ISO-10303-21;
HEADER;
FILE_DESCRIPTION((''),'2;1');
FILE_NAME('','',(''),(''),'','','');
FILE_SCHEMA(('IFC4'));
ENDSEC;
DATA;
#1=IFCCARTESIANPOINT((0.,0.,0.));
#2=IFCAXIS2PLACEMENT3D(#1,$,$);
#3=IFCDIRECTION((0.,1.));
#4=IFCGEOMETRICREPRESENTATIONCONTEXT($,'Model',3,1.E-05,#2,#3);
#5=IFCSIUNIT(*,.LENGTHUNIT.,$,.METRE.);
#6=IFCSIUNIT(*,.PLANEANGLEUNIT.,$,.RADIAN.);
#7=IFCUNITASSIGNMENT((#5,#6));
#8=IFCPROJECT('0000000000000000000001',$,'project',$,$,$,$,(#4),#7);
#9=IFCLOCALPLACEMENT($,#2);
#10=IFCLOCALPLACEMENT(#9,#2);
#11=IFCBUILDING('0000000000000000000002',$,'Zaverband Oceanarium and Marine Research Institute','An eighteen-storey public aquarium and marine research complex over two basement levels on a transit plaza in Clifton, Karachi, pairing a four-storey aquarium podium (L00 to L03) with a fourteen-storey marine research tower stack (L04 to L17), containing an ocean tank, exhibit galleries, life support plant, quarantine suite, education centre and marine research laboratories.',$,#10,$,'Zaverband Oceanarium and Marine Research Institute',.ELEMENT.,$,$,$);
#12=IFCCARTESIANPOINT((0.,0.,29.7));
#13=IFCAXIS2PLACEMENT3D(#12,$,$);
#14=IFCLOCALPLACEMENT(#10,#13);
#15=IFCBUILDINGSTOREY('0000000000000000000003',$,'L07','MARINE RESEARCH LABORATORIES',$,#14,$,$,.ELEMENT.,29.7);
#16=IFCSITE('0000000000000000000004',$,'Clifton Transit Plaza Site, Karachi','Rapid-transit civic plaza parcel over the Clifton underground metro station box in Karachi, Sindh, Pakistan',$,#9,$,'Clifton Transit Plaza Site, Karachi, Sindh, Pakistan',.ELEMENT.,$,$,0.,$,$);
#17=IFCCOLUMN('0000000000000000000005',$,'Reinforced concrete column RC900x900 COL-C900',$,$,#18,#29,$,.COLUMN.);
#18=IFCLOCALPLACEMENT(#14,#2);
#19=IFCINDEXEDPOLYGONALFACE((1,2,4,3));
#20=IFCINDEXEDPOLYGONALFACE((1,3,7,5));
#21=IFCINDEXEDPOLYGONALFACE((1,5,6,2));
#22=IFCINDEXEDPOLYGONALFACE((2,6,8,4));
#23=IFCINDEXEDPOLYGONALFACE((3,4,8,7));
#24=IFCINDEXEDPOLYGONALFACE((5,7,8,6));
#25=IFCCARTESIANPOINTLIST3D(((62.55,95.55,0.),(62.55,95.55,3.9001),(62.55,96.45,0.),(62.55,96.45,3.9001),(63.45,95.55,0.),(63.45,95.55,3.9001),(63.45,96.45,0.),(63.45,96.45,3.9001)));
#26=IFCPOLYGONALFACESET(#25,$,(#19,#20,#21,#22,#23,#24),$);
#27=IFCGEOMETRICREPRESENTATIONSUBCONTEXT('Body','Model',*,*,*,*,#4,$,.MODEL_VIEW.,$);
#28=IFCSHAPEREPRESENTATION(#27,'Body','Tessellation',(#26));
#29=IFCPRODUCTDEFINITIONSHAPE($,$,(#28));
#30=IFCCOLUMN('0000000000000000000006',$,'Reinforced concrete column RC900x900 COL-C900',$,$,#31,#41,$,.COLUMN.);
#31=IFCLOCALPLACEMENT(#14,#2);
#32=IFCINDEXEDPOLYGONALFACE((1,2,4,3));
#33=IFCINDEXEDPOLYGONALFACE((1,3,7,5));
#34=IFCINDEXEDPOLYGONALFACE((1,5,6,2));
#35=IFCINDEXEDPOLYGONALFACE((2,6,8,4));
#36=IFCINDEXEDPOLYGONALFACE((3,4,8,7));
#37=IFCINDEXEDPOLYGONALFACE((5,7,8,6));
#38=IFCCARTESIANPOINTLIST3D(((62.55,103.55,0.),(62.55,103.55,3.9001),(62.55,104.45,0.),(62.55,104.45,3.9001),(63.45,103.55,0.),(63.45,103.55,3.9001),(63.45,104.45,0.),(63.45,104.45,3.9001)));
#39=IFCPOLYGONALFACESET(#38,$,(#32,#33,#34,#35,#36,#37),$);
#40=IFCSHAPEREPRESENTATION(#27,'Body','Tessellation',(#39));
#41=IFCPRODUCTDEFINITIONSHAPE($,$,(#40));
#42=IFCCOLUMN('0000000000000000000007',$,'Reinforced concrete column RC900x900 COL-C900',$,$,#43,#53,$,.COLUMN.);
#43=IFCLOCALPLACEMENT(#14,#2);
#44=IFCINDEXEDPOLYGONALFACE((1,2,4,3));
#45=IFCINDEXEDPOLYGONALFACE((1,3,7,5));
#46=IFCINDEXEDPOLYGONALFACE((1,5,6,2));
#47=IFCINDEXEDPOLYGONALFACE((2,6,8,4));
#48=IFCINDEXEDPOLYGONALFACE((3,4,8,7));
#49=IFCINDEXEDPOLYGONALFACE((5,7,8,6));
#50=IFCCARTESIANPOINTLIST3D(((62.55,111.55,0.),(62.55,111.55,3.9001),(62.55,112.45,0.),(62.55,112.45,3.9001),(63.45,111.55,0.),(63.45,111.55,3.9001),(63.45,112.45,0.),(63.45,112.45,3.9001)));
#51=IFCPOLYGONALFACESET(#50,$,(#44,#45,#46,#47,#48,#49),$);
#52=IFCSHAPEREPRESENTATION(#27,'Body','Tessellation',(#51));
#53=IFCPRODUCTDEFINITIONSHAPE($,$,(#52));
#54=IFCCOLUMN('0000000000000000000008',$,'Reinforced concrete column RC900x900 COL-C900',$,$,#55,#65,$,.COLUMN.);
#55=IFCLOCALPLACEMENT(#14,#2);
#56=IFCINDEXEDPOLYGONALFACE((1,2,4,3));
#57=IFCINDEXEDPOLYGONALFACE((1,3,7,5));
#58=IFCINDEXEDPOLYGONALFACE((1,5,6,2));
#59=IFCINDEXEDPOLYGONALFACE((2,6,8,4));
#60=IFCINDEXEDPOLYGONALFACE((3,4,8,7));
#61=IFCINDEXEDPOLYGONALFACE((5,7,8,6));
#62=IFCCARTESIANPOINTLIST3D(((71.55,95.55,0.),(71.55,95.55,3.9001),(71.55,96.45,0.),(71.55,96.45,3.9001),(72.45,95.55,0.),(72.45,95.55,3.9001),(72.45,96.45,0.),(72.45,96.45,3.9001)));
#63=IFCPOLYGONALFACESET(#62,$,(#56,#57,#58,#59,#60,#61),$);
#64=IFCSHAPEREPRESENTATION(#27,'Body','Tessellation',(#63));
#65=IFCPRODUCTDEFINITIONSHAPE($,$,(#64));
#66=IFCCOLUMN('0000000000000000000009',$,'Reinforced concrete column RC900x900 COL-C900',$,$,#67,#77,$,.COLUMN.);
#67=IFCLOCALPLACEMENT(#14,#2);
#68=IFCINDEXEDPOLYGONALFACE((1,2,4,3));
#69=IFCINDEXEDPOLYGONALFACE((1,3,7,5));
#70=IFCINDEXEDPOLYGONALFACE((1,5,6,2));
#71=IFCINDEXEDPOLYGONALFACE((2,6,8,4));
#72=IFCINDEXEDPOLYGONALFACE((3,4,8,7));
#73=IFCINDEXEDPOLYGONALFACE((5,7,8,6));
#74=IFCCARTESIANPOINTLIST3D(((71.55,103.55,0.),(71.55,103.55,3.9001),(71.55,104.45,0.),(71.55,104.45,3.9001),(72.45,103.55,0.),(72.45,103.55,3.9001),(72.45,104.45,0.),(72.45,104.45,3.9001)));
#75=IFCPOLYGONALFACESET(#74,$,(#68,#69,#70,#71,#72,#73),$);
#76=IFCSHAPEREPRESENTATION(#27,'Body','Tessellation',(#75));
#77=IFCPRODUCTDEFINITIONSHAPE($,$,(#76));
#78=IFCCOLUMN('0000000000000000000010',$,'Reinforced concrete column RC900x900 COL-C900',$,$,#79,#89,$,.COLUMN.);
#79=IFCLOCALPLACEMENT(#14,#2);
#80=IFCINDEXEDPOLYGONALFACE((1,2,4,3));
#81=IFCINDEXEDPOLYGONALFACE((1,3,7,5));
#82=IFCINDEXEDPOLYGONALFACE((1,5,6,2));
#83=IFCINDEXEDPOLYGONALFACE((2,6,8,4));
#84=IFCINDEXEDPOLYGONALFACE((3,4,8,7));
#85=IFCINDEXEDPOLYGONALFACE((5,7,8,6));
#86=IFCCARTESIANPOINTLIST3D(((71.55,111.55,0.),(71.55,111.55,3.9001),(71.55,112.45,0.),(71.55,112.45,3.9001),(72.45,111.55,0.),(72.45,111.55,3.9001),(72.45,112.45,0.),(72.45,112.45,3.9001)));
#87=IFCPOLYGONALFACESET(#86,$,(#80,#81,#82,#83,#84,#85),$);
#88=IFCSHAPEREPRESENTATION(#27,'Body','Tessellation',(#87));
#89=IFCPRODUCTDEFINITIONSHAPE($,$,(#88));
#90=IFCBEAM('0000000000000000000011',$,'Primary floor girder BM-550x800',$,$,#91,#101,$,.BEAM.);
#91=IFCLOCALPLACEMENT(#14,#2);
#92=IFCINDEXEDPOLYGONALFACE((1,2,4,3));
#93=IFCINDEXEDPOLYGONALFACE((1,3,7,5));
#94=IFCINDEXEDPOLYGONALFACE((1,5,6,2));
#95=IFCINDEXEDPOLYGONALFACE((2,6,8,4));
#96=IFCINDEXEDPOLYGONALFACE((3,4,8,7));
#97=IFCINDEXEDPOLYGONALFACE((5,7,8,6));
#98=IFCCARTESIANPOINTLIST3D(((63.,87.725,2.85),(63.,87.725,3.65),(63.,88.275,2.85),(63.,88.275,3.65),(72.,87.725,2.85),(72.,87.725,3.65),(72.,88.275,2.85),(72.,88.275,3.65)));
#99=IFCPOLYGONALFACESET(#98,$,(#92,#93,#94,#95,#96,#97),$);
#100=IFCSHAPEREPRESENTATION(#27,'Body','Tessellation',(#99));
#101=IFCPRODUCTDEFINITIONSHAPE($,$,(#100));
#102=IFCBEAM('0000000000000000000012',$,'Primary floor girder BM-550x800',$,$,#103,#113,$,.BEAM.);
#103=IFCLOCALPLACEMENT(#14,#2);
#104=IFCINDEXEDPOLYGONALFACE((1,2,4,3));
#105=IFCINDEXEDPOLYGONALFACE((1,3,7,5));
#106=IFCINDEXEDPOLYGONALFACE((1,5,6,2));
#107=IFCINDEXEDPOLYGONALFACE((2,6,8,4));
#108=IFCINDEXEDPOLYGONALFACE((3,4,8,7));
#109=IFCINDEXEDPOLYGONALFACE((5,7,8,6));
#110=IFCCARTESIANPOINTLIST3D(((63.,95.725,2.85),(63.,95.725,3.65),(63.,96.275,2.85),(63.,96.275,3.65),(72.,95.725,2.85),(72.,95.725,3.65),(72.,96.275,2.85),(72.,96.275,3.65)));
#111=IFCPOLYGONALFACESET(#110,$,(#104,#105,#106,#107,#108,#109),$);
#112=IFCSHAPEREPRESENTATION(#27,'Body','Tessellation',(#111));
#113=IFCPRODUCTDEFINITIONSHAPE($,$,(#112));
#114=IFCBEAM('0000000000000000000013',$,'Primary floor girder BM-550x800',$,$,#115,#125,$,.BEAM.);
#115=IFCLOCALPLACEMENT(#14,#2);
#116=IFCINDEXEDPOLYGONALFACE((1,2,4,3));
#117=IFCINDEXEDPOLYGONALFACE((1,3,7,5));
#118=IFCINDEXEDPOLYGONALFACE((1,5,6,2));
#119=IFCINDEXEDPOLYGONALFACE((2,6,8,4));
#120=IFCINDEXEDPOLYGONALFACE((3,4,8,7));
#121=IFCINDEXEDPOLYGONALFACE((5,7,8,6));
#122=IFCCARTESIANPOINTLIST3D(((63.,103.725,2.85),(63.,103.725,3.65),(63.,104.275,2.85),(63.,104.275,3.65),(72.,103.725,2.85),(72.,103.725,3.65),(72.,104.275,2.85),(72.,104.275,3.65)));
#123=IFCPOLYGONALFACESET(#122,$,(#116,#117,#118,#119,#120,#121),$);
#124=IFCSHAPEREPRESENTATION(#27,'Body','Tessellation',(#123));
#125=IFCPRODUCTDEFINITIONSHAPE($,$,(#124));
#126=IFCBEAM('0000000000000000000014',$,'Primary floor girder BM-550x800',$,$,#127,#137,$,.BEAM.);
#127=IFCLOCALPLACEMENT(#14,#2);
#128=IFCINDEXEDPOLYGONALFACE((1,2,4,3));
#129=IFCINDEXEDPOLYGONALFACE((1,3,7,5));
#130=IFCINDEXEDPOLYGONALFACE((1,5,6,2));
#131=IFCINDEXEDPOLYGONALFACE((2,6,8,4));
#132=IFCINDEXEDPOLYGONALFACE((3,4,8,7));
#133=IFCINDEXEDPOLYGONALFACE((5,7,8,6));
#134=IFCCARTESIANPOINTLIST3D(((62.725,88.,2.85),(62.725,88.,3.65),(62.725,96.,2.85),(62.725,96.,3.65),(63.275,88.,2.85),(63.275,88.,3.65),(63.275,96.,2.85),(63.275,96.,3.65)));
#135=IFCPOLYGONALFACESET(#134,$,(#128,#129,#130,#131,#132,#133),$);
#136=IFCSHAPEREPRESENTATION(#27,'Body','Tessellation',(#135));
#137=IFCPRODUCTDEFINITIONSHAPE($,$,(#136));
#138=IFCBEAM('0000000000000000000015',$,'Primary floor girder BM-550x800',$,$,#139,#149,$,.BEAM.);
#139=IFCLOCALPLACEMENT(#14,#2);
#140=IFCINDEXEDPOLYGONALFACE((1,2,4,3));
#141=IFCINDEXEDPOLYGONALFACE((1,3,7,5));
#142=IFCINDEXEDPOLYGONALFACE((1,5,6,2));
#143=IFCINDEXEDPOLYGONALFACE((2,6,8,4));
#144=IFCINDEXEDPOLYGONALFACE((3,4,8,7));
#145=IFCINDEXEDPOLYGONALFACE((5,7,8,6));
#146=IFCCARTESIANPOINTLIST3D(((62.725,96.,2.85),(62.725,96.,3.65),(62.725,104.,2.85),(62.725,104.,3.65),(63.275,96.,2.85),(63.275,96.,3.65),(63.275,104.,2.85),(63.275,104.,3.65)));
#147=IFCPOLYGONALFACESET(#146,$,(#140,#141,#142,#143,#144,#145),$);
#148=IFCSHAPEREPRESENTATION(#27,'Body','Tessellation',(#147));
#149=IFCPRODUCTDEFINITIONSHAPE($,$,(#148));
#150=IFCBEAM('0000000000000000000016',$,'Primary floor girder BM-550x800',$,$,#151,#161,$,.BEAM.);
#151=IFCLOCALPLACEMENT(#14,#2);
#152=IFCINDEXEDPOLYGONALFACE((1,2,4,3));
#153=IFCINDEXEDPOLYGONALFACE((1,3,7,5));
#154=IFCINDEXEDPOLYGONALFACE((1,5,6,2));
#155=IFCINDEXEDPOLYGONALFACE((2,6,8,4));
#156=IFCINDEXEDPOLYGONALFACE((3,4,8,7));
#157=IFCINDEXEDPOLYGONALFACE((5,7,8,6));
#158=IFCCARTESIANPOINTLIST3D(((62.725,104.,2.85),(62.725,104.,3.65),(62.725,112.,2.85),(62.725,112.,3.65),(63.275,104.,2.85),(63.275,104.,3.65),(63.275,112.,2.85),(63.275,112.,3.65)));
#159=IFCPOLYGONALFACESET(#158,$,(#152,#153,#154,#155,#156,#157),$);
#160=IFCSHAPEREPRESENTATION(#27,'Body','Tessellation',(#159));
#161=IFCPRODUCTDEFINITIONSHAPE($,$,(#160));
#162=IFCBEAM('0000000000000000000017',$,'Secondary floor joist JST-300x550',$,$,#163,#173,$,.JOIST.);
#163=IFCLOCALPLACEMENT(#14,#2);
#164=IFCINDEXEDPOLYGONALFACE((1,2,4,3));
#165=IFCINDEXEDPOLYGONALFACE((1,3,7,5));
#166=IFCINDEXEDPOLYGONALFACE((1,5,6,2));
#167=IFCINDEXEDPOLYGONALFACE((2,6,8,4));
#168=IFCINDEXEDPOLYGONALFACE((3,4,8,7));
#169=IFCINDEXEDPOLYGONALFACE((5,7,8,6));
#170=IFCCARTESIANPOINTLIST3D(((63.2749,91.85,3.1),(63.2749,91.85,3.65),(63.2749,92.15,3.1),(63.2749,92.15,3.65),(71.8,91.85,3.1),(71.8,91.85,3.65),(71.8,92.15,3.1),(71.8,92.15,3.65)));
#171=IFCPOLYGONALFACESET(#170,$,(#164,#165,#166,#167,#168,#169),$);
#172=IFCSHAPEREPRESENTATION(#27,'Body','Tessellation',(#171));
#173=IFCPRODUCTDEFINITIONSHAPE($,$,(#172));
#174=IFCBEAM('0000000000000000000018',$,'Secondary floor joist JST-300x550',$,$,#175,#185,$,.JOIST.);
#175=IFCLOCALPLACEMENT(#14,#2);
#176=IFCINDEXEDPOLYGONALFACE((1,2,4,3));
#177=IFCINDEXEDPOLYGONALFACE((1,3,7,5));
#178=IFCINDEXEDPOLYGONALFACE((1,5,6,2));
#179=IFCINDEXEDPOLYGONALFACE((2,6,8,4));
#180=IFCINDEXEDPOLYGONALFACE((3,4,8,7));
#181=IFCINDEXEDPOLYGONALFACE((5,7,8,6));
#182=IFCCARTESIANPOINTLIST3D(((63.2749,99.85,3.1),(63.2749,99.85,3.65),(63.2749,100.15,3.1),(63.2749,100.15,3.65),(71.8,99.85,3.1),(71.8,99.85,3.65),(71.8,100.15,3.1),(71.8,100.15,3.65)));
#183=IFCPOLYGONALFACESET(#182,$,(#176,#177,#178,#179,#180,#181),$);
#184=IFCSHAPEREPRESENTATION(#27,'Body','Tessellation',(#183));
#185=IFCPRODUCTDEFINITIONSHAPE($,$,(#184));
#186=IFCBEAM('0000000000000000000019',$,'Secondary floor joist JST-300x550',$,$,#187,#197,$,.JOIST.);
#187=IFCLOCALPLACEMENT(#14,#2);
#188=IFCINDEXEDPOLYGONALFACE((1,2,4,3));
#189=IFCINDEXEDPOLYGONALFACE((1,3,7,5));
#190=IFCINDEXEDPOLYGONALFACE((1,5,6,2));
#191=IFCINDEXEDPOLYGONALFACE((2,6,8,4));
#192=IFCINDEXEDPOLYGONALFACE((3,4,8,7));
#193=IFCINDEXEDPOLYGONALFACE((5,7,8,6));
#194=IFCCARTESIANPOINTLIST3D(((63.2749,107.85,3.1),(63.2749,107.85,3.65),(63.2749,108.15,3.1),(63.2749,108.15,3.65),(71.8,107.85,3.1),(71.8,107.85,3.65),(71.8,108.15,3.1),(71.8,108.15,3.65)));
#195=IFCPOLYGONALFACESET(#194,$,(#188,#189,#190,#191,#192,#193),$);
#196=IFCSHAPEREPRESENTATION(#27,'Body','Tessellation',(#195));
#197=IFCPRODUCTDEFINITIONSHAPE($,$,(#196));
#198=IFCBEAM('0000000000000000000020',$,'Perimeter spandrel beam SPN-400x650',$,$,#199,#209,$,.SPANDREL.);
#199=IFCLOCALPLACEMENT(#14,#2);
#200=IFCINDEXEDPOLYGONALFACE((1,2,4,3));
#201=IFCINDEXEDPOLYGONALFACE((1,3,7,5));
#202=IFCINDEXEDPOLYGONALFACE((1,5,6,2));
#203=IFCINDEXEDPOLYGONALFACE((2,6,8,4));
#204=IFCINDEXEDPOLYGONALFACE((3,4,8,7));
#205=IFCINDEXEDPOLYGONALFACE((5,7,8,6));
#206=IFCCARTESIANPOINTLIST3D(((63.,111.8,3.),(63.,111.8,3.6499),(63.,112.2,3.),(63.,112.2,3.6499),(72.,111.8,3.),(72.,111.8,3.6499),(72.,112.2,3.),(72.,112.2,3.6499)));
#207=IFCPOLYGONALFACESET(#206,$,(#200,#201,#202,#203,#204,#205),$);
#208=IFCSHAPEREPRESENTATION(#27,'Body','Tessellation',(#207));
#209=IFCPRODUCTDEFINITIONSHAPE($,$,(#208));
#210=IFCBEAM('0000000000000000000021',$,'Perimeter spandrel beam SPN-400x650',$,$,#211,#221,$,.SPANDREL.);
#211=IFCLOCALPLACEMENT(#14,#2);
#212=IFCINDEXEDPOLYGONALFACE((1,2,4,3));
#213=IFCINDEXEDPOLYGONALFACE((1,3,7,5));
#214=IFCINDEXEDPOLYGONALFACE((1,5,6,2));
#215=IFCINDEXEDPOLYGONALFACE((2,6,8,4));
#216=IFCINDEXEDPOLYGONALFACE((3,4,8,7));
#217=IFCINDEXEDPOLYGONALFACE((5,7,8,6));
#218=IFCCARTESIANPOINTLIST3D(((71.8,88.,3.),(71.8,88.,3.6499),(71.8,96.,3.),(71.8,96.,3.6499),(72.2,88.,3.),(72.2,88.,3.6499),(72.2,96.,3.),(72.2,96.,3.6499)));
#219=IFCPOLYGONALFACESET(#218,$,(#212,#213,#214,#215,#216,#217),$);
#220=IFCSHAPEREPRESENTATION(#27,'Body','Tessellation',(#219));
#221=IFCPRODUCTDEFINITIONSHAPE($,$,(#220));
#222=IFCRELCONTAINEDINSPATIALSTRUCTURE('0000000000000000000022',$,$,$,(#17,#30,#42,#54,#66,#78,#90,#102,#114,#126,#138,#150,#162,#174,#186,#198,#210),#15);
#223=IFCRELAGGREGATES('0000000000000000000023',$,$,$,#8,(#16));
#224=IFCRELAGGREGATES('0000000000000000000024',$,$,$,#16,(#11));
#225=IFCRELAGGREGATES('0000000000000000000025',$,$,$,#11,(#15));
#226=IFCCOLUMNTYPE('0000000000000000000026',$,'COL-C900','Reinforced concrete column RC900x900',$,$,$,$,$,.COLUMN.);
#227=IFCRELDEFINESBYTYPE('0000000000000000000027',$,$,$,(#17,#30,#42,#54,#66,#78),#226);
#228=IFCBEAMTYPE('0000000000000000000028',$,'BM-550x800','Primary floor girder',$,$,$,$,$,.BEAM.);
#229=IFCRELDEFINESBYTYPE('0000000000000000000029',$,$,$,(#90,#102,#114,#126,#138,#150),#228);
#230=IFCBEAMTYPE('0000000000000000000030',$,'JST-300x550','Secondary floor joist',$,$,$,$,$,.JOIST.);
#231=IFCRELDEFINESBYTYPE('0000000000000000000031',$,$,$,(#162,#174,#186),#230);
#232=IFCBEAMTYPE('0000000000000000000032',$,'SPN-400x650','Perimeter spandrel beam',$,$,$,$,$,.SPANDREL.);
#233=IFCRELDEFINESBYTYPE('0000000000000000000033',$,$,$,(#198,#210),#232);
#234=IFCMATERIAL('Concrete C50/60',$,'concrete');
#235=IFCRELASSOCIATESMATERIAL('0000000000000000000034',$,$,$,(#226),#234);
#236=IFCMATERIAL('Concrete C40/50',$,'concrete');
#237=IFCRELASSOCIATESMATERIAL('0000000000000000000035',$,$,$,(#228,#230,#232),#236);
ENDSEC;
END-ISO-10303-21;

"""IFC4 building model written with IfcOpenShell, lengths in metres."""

from ifc_helpers import new_model, si_unit, direction, frame, origin, origin_2d, place, context, subcontext, project, spatial, rectangle, extrude, material, material_profile, profile_set, type_object, element, save


model = new_model("IFC4")

# Units and contexts
model_context = context("Model", 3, precision=1e-05, world=origin(), true_north=direction((0.0, 1.0)))
body_context = subcontext(model_context, "Body", "Model", "MODEL_VIEW")
ifc_project = project(units=[si_unit("LENGTHUNIT", "METRE"), si_unit("PLANEANGLEUNIT", "RADIAN")], contexts=[model_context])

# Site, building, storey
site_placement = place(None, origin())
site = spatial("IfcSite", under=ifc_project, at=site_placement, Name="Clifton Transit Plaza Site, Karachi", Description="Rapid-transit civic plaza parcel over the Clifton underground metro station box in Karachi, Sindh, Pakistan", LongName="Clifton Transit Plaza Site, Karachi, Sindh, Pakistan", CompositionType="ELEMENT", RefElevation=0.0)
building_placement = place(site_placement, origin())
building = spatial("IfcBuilding", under=site, at=building_placement, Name="Zaverband Oceanarium and Marine Research Institute", Description="An eighteen-storey public aquarium and marine research complex over two basement levels on a transit plaza in Clifton, Karachi, pairing a four-storey aquarium podium (L00 to L03) with a fourteen-storey marine research tower stack (L04 to L17), containing an ocean tank, exhibit galleries, life support plant, quarantine suite, education centre and marine research laboratories.", LongName="Zaverband Oceanarium and Marine Research Institute", CompositionType="ELEMENT")
storey_placement = place(building_placement, frame((0.0, 0.0, 29.7)))
storey = spatial("IfcBuildingStorey", under=building, at=storey_placement, Name="L07", Description="MARINE RESEARCH LABORATORIES", CompositionType="ELEMENT", Elevation=29.7)

# Columns
ifc_material_1 = material(Name="Concrete C50/60", Category="concrete")
ifc_material_profile_1 = material_profile(ifc_material_1, rectangle(XDim=0.8999, YDim=0.8999, at=origin_2d()), Name="RC900x900")
ifc_profile_set_1 = profile_set([ifc_material_profile_1], Name="Concrete C50/60")
column_type = type_object("IfcColumnType", Name="COL-C900", Description="Reinforced concrete column RC900x900", PredefinedType="COLUMN", material=ifc_profile_set_1)
for number, where, z_axis, x_axis, name in (
    (1, (63.0, 96.0, 0.0), (0.0, 0.0, 1.0), (1.0, 0.0, 0.0), "Reinforced concrete column RC900x900 COL-C900"),
    (2, (63.0, 104.0, 0.0), (0.0, 0.0, 1.0), (1.0, 0.0, 0.0), "Reinforced concrete column RC900x900 COL-C900"),
    (3, (63.0, 112.0, 0.0), (0.0, 0.0, 1.0), (1.0, 0.0, 0.0), "Reinforced concrete column RC900x900 COL-C900"),
    (4, (72.0, 96.0, 0.0), (0.0, 0.0, 1.0), (1.0, 0.0, 0.0), "Reinforced concrete column RC900x900 COL-C900"),
    (5, (72.0, 104.0, 0.0), (0.0, 0.0, 1.0), (1.0, 0.0, 0.0), "Reinforced concrete column RC900x900 COL-C900"),
    (6, (72.0, 112.0, 0.0), (0.0, 0.0, 1.0), (1.0, 0.0, 0.0), "Reinforced concrete column RC900x900 COL-C900"),
):
    element("IfcColumn", number, at=place(storey_placement, frame(where, z_axis=z_axis, x_axis=x_axis)), inside=storey, type_object=column_type, Name=name, PredefinedType="COLUMN", context=body_context, shape_type="SweptSolid", body=[
        extrude(rectangle(XDim=0.8999, YDim=0.8999, at=origin_2d()), origin(), (0.0, 0.0, 1.0), 3.9001),
    ])

# Beams
ifc_material_2 = material(Name="Concrete C40/50", Category="concrete")
ifc_material_profile_2 = material_profile(ifc_material_2, rectangle(XDim=0.55, YDim=0.8, at=origin_2d()), Name="RC550x800")
ifc_profile_set_2 = profile_set([ifc_material_profile_2], Name="Concrete C40/50")
beam_type_1 = type_object("IfcBeamType", Name="BM-550x800", Description="Primary floor girder", PredefinedType="BEAM", material=ifc_profile_set_2)
for number, where, z_axis, x_axis, name in (
    (7, (63.0, 88.0, 3.25), (1.0, 0.0, 0.0), (0.0, 1.0, 0.0), "Primary floor girder BM-550x800"),
    (8, (63.0, 96.0, 3.25), (1.0, 0.0, 0.0), (0.0, 1.0, 0.0), "Primary floor girder BM-550x800"),
    (9, (63.0, 104.0, 3.25), (1.0, 0.0, 0.0), (0.0, 1.0, 0.0), "Primary floor girder BM-550x800"),
):
    element("IfcBeam", number, at=place(storey_placement, frame(where, z_axis=z_axis, x_axis=x_axis)), inside=storey, type_object=beam_type_1, Name=name, PredefinedType="BEAM", context=body_context, shape_type="SweptSolid", body=[
        extrude(rectangle(XDim=0.55, YDim=0.8, at=origin_2d()), origin(), (0.0, 0.0, 1.0), 9.0),
    ])
for number, where, z_axis, x_axis, name in (
    (10, (63.0, 88.0, 3.25), (0.0, 1.0, 0.0), (-1.0, 0.0, 0.0), "Primary floor girder BM-550x800"),
    (11, (63.0, 96.0, 3.25), (0.0, 1.0, 0.0), (-1.0, 0.0, 0.0), "Primary floor girder BM-550x800"),
    (12, (63.0, 104.0, 3.25), (0.0, 1.0, 0.0), (-1.0, 0.0, 0.0), "Primary floor girder BM-550x800"),
):
    element("IfcBeam", number, at=place(storey_placement, frame(where, z_axis=z_axis, x_axis=x_axis)), inside=storey, type_object=beam_type_1, Name=name, PredefinedType="BEAM", context=body_context, shape_type="SweptSolid", body=[
        extrude(rectangle(XDim=0.55, YDim=0.8, at=origin_2d()), origin(), (0.0, 0.0, 1.0), 8.0),
    ])
ifc_material_profile_3 = material_profile(ifc_material_2, rectangle(XDim=0.3, YDim=0.55, at=origin_2d()), Name="RC300x550")
ifc_profile_set_3 = profile_set([ifc_material_profile_3], Name="Concrete C40/50")
beam_type_2 = type_object("IfcBeamType", Name="JST-300x550", Description="Secondary floor joist", PredefinedType="JOIST", material=ifc_profile_set_3)
for number, where, z_axis, x_axis, name in (
    (13, (63.2749, 92.0, 3.375), (1.0, 0.0, 0.0), (0.0, 1.0, 0.0), "Secondary floor joist JST-300x550"),
    (14, (63.2749, 100.0, 3.375), (1.0, 0.0, 0.0), (0.0, 1.0, 0.0), "Secondary floor joist JST-300x550"),
    (15, (63.2749, 108.0, 3.375), (1.0, 0.0, 0.0), (0.0, 1.0, 0.0), "Secondary floor joist JST-300x550"),
):
    element("IfcBeam", number, at=place(storey_placement, frame(where, z_axis=z_axis, x_axis=x_axis)), inside=storey, type_object=beam_type_2, Name=name, PredefinedType="JOIST", context=body_context, shape_type="SweptSolid", body=[
        extrude(rectangle(XDim=0.3, YDim=0.55, at=origin_2d()), origin(), (0.0, 0.0, 1.0), 8.5251),
    ])
ifc_material_profile_4 = material_profile(ifc_material_2, rectangle(XDim=0.3999, YDim=0.6499, at=origin_2d()), Name="RC400x650")
ifc_profile_set_4 = profile_set([ifc_material_profile_4], Name="Concrete C40/50")
beam_type_3 = type_object("IfcBeamType", Name="SPN-400x650", Description="Perimeter spandrel beam", PredefinedType="SPANDREL", material=ifc_profile_set_4)
beam_placement = place(storey_placement, frame((63.0, 112.0, 3.325), z_axis=(1.0, 0.0, 0.0), x_axis=(0.0, 1.0, 0.0)))
element("IfcBeam", 16, at=beam_placement, inside=storey, type_object=beam_type_3, Name="Perimeter spandrel beam SPN-400x650", PredefinedType="SPANDREL", context=body_context, shape_type="SweptSolid", body=[
    extrude(rectangle(XDim=0.3999, YDim=0.6499, at=origin_2d()), origin(), (0.0, 0.0, 1.0), 9.0),
])
for number, where, z_axis, x_axis, name in (
    (17, (72.0, 88.0, 3.325), (0.0, 1.0, 0.0), (-1.0, 0.0, 0.0), "Perimeter spandrel beam SPN-400x650"),
):
    element("IfcBeam", number, at=place(storey_placement, frame(where, z_axis=z_axis, x_axis=x_axis)), inside=storey, type_object=beam_type_3, Name=name, PredefinedType="SPANDREL", context=body_context, shape_type="SweptSolid", body=[
        extrude(rectangle(XDim=0.3999, YDim=0.6499, at=origin_2d()), origin(), (0.0, 0.0, 1.0), 8.0),
    ])

save(model, "model.ifc")
